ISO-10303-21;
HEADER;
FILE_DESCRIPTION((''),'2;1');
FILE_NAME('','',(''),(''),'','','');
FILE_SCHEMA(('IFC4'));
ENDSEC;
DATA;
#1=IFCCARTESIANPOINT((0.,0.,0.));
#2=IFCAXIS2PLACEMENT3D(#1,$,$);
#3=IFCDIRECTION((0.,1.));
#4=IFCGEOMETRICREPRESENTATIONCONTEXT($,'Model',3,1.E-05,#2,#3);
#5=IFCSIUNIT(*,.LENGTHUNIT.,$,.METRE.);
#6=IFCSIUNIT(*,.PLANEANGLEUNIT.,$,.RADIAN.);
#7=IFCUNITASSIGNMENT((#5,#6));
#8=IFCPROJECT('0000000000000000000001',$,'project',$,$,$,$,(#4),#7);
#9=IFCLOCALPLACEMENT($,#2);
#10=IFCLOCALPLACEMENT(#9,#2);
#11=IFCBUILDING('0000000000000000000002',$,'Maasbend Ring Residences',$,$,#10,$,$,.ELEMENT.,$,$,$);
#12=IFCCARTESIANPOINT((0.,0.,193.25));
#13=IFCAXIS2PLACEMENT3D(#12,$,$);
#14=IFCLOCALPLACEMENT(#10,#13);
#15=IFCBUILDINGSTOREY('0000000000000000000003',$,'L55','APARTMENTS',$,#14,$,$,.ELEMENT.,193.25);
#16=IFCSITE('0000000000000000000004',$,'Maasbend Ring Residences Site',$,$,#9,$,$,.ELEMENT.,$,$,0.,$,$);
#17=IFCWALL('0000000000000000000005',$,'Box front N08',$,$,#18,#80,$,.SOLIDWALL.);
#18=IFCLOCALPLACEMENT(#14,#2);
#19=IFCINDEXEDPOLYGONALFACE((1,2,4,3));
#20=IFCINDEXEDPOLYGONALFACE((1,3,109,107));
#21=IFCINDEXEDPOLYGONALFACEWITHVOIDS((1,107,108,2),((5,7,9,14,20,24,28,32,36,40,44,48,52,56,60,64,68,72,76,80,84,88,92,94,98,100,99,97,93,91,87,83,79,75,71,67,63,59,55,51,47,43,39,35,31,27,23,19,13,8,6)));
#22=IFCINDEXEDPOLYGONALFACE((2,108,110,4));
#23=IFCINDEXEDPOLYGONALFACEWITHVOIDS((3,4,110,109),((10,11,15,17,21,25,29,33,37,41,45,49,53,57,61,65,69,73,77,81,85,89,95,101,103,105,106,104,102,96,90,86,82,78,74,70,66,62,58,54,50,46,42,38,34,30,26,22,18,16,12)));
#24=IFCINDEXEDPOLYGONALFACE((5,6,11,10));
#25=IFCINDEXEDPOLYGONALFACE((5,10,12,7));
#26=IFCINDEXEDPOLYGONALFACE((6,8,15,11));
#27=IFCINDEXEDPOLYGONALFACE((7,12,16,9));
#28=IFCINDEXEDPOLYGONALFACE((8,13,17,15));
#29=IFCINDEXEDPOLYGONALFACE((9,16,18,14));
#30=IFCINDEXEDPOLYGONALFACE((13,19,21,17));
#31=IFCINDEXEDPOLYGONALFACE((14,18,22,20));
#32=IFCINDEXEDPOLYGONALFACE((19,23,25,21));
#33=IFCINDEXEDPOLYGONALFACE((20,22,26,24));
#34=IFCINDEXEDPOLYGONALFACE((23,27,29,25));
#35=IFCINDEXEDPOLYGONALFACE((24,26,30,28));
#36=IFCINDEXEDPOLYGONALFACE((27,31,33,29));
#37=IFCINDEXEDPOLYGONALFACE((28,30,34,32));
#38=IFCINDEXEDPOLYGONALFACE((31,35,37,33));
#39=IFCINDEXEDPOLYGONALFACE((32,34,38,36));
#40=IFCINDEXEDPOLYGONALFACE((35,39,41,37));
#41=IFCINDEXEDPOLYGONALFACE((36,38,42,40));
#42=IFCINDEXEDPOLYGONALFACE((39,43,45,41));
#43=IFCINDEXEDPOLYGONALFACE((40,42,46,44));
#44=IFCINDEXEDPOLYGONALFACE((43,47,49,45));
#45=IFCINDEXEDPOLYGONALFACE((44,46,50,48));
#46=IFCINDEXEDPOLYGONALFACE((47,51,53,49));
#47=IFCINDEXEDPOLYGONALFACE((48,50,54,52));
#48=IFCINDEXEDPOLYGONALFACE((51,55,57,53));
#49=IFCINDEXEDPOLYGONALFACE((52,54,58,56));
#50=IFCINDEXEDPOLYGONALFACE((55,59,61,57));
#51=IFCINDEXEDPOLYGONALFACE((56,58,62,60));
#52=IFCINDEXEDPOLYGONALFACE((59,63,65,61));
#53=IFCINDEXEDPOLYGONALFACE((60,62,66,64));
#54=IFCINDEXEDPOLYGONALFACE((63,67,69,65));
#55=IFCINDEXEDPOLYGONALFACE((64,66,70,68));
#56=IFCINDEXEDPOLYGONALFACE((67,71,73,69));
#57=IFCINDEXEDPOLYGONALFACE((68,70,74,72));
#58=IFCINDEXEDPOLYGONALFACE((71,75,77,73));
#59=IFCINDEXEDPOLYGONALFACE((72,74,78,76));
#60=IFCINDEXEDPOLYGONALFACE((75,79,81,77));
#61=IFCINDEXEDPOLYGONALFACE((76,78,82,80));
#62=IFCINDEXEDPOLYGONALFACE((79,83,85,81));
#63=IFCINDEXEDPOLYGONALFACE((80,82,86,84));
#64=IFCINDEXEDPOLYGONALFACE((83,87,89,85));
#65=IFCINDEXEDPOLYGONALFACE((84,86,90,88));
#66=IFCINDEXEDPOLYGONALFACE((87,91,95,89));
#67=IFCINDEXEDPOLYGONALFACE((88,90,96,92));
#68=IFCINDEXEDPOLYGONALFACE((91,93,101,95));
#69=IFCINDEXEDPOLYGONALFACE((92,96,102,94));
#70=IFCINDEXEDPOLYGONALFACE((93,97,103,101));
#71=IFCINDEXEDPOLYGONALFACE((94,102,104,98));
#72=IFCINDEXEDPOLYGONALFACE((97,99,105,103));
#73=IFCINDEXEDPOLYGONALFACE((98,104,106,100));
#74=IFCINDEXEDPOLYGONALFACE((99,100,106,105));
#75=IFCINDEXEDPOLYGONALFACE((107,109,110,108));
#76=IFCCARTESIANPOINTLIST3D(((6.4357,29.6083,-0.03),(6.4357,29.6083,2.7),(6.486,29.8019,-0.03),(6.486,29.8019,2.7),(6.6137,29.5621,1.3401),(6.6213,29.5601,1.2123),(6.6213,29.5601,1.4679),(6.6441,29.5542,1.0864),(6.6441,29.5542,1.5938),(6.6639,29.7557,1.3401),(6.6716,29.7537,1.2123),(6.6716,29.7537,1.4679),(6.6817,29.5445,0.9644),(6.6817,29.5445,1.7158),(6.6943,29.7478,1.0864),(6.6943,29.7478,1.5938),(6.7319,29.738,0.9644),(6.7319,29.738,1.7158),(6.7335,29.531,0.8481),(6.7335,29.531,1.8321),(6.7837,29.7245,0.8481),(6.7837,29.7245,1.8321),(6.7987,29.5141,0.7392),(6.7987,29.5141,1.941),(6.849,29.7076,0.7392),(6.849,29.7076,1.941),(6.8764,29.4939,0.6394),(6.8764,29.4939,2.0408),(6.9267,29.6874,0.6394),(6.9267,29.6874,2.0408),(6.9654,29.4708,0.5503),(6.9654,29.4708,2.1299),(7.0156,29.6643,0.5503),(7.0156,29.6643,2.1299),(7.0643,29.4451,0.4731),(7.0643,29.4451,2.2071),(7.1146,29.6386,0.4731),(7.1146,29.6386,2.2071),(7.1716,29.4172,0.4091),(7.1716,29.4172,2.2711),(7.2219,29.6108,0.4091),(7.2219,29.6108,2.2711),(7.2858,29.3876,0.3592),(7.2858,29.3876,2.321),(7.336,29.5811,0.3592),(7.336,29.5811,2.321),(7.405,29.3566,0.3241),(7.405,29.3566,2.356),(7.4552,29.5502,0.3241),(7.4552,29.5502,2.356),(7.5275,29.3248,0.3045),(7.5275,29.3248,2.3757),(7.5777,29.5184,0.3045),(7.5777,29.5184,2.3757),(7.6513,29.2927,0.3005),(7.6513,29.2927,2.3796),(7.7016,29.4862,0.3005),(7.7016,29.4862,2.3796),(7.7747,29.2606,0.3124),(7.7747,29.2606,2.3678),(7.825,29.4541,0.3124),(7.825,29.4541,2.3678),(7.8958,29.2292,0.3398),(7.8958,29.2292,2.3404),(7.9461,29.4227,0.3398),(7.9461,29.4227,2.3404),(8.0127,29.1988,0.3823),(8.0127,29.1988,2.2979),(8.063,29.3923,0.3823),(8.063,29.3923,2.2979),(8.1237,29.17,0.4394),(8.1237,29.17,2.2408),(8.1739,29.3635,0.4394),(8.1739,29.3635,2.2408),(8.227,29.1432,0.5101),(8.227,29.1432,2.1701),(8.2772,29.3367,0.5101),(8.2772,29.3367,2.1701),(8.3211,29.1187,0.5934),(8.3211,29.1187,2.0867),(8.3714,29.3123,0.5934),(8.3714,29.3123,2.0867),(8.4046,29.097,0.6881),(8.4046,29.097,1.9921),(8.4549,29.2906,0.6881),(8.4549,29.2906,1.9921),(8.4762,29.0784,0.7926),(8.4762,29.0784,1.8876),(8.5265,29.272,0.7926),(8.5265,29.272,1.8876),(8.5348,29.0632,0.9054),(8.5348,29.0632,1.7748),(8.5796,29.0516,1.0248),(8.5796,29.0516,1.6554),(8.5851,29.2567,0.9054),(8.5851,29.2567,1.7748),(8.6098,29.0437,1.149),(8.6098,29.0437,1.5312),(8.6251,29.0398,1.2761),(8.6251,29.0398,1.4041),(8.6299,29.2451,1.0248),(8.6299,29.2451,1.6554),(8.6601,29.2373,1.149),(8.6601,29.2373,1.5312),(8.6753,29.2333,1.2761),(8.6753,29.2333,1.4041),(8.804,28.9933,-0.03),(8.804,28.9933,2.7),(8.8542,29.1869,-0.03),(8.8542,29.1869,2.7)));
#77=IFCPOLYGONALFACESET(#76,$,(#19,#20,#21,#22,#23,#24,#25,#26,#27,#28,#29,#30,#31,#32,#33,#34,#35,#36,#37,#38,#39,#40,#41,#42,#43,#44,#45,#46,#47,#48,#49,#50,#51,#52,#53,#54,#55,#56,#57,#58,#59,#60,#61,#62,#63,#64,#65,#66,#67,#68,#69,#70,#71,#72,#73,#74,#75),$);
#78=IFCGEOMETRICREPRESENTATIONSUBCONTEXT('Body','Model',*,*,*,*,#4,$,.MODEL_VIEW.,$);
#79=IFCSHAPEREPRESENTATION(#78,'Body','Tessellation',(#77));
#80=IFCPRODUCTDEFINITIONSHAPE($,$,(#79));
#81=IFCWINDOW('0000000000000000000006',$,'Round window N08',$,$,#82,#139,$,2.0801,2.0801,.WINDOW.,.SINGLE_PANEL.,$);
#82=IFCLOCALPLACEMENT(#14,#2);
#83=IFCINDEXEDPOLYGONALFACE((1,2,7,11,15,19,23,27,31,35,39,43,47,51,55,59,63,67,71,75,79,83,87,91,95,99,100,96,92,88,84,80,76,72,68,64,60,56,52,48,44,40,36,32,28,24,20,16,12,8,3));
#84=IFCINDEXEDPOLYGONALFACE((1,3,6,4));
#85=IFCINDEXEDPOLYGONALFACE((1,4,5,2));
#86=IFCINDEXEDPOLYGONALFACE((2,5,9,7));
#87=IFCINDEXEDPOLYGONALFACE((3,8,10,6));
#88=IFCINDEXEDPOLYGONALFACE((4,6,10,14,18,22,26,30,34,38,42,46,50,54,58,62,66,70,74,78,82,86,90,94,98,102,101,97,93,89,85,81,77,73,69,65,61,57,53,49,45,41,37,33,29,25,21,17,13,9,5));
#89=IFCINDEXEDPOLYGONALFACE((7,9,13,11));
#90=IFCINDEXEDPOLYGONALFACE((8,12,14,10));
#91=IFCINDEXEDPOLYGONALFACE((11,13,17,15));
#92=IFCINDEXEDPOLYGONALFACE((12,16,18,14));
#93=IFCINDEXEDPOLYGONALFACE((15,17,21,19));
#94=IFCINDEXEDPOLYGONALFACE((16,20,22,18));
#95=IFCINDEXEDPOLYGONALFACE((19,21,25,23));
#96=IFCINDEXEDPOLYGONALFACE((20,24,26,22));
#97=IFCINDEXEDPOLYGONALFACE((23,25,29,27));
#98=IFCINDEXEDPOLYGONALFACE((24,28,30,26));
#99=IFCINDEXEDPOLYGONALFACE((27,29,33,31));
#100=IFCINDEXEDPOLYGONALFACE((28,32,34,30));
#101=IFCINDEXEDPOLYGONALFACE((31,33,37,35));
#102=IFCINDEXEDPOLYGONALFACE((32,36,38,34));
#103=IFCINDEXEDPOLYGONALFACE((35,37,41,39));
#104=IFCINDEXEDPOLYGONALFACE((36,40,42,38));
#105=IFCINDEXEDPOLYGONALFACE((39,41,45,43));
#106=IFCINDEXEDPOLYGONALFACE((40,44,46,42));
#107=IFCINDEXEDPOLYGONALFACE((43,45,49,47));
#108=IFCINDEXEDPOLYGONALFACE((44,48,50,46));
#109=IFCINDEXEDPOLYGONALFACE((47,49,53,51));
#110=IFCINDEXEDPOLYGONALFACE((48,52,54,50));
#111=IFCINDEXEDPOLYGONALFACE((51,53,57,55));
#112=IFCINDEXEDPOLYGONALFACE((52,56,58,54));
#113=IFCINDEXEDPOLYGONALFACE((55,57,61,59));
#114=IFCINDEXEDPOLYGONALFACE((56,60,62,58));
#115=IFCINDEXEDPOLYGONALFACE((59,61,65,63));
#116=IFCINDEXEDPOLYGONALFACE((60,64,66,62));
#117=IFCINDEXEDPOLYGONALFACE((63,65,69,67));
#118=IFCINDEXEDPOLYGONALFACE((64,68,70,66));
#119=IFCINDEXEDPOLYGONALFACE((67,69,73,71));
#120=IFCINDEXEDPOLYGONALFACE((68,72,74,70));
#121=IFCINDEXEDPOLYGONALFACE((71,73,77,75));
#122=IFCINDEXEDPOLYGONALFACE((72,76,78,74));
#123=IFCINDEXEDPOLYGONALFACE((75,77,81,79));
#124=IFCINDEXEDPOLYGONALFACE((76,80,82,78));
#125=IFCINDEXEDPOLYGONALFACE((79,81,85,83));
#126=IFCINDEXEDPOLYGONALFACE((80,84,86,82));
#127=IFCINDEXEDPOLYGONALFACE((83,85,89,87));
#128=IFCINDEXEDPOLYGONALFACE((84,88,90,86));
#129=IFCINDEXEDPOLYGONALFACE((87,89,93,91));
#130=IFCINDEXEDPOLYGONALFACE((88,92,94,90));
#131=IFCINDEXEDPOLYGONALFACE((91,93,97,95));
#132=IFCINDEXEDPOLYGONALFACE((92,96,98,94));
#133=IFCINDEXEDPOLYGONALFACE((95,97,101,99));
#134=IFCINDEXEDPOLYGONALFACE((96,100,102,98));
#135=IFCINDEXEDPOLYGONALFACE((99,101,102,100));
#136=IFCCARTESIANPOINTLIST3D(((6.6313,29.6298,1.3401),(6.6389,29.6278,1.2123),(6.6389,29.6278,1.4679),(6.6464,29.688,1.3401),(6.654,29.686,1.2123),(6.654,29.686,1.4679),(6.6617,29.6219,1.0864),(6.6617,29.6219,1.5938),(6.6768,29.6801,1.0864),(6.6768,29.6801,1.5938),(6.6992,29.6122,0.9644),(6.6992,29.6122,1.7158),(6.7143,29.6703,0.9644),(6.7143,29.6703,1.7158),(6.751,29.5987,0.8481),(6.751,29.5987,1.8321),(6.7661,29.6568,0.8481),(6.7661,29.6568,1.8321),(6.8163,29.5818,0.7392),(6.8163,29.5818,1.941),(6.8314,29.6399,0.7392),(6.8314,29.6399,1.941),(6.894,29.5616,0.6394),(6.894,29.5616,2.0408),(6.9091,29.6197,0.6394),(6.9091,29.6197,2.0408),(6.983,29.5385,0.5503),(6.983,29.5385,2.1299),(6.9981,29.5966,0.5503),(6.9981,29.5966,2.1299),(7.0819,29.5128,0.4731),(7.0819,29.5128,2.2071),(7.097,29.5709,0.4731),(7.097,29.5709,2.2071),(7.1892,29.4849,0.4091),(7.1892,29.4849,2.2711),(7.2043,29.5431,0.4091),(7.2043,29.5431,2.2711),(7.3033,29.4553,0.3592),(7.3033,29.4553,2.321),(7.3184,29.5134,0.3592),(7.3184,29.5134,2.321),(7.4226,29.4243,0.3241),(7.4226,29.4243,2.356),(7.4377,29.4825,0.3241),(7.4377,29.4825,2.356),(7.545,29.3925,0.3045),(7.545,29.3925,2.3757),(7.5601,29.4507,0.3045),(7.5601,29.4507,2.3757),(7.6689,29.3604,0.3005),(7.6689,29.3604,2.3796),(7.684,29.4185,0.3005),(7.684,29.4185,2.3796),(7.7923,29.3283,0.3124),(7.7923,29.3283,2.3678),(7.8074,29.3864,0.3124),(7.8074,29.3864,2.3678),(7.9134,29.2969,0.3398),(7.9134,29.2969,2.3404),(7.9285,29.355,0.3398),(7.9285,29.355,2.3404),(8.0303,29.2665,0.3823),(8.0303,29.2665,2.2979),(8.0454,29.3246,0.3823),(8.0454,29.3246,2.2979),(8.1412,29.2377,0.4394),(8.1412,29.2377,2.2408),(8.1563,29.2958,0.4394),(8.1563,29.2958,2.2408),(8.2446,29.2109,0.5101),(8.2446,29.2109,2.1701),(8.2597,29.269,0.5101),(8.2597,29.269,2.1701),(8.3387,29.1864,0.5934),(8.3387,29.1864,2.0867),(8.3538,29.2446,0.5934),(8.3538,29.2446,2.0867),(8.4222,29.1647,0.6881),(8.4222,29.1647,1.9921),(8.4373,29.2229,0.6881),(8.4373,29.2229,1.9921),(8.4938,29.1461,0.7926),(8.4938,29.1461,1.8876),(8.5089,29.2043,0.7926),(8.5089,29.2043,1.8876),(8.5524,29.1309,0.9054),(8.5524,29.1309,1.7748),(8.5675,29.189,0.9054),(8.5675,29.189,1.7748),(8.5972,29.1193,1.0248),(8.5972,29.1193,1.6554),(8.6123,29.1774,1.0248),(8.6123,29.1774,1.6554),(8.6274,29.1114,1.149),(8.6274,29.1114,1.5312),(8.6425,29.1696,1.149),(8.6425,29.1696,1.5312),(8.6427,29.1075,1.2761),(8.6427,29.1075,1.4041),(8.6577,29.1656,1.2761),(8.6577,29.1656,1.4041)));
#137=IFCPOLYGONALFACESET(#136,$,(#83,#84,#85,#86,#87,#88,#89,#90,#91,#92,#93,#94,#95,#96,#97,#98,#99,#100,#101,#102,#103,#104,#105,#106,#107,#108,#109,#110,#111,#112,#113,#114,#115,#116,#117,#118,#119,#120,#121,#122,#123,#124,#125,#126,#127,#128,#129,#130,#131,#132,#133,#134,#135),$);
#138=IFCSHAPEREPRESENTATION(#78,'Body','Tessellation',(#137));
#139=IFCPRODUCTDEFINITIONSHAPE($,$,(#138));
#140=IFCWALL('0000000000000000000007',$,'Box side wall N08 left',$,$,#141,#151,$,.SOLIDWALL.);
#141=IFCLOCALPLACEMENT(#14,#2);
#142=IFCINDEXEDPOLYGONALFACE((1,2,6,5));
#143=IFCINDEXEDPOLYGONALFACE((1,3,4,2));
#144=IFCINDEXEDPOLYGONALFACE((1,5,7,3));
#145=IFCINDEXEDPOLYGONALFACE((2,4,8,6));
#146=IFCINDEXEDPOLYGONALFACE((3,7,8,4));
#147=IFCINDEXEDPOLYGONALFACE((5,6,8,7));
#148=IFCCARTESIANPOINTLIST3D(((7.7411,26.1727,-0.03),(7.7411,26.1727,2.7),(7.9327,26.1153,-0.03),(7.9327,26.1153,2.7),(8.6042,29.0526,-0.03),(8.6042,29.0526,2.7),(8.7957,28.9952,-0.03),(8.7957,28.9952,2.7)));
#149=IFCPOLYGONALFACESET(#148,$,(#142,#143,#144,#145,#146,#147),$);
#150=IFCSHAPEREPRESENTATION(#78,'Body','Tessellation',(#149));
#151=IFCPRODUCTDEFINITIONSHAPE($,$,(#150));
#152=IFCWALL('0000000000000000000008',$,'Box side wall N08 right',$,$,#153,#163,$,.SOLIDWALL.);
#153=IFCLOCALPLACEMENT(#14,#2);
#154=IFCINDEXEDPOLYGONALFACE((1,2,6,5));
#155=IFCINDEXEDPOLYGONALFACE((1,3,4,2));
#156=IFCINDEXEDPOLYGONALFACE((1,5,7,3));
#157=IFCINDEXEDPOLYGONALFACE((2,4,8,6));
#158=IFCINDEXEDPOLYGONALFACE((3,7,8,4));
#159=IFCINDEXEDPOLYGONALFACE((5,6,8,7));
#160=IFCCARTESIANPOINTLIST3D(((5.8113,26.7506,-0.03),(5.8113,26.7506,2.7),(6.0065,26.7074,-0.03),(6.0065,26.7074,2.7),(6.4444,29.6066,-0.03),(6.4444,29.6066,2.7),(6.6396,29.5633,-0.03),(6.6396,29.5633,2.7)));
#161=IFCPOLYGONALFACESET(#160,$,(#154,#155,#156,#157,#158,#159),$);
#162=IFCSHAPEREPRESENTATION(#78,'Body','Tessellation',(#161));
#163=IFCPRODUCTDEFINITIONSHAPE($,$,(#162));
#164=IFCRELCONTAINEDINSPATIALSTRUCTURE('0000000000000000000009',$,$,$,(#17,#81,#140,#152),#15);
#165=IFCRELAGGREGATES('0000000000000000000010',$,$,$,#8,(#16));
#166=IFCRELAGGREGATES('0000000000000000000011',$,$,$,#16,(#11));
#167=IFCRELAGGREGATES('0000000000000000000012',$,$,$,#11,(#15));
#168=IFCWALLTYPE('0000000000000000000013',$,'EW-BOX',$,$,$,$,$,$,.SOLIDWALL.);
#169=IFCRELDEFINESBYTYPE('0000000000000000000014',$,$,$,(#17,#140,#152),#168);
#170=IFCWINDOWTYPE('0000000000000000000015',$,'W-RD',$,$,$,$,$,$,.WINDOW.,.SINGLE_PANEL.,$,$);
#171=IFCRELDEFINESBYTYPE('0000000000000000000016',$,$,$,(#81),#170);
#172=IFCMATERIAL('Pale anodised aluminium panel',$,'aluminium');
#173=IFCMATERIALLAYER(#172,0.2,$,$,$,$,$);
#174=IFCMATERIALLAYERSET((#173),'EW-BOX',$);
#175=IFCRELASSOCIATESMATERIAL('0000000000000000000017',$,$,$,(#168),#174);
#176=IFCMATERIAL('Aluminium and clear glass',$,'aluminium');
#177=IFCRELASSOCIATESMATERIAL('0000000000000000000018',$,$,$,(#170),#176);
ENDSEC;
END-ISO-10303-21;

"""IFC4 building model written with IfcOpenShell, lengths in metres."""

from ifc_helpers import new_model, si_unit, direction, frame, frame_2d, origin, place, context, subcontext, project, spatial, rectangle, circle, extrude, material, layer, layer_set, type_object, element, fill, save


model = new_model("IFC4")

# Units and contexts
model_context = context("Model", 3, precision=1e-05, world=origin(), true_north=direction((0.0, 1.0)))
body_context = subcontext(model_context, "Body", "Model", "MODEL_VIEW")
ifc_project = project(units=[si_unit("LENGTHUNIT", "METRE"), si_unit("PLANEANGLEUNIT", "RADIAN")], contexts=[model_context])

# Site, building, storey
site_placement = place(None, origin())
site = spatial("IfcSite", under=ifc_project, at=site_placement, Name="Maasbend Ring Residences Site", CompositionType="ELEMENT", RefElevation=0.0)
building_placement = place(site_placement, origin())
building = spatial("IfcBuilding", under=site, at=building_placement, Name="Maasbend Ring Residences", CompositionType="ELEMENT")
storey_placement = place(building_placement, frame((0.0, 0.0, 193.25)))
storey = spatial("IfcBuildingStorey", under=building, at=storey_placement, Name="L55", Description="APARTMENTS", CompositionType="ELEMENT", Elevation=193.25)

# Wall, opening, window
ifc_material_1 = material(Name="Pale anodised aluminium panel", Category="aluminium")
ifc_layer_1 = layer(ifc_material_1, 0.2)
ifc_layer_set_1 = layer_set([ifc_layer_1], Name="EW-BOX")
wall_type_1 = type_object("IfcWallType", Name="EW-BOX", PredefinedType="SOLIDWALL", material=ifc_layer_set_1)
wall_1_placement = place(storey_placement, frame((8.8291, 29.0901, -0.03), z_axis=(0.0, 0.0, 1.0), x_axis=(-0.967895, 0.251353, 0.0)))
wall_1 = element("IfcWall", 1, at=wall_1_placement, inside=storey, type_object=wall_type_1, Name="Box front N08", PredefinedType="SOLIDWALL", context=body_context, shape_type="SweptSolid", body=[
    extrude(rectangle(XDim=2.4468, YDim=0.2, at=frame_2d((1.2234, 0.0))), origin(), (0.0, 0.0, 1.0), 2.73),
])
opening_1_placement = place(wall_1_placement, frame((0.1829, 0.0, 0.3301)))
opening_1 = element("IfcOpeningElement", 2, at=opening_1_placement, cuts=wall_1, PredefinedType="OPENING", context=body_context, shape_type="SweptSolid", body=[
    extrude(circle(Radius=1.04, at=frame_2d((1.04, 1.04))), frame((0.0, 0.1099, 0.0), z_axis=(0.0, -1.0, 0.0), x_axis=(1.0, 0.0, 0.0)), (0.0, 0.0, 1.0), 0.22),
])
ifc_material_2 = material(Name="Aluminium and clear glass", Category="aluminium")
window_type_1 = type_object("IfcWindowType", Name="W-RD", PartitioningType="SINGLE_PANEL", PredefinedType="WINDOW", material=ifc_material_2)
window_1_placement = place(opening_1_placement, origin())
window_1 = element("IfcWindow", 3, at=window_1_placement, inside=storey, type_object=window_type_1, Name="Round window N08", OverallHeight=2.0801, OverallWidth=2.0801, PartitioningType="SINGLE_PANEL", PredefinedType="WINDOW", context=body_context, shape_type="SweptSolid", body=[
    extrude(circle(Radius=1.04, at=frame_2d((1.04, 1.04))), frame((0.0, 0.03, 0.0), z_axis=(0.0, -1.0, 0.0), x_axis=(1.0, 0.0, 0.0)), (0.0, 0.0, 1.0), 0.0601),
])
fill(opening_1, window_1)

# Walls
wall_2_placement = place(storey_placement, frame((7.8369, 26.144, -0.03), z_axis=(0.0, 0.0, 1.0), x_axis=(0.287065, 0.957911, 0.0)))
element("IfcWall", 4, at=wall_2_placement, inside=storey, type_object=wall_type_1, Name="Box side wall N08 left", PredefinedType="SOLIDWALL", context=body_context, shape_type="SweptSolid", body=[
    extrude(rectangle(XDim=3.0063, YDim=0.2, at=frame_2d((1.5032, 0.0))), origin(), (0.0, 0.0, 1.0), 2.73),
])
wall_3_placement = place(storey_placement, frame((5.9089, 26.729, -0.03), z_axis=(0.0, 0.0, 1.0), x_axis=(0.216409, 0.976303, 0.0)))
element("IfcWall", 5, at=wall_3_placement, inside=storey, type_object=wall_type_1, Name="Box side wall N08 right", PredefinedType="SOLIDWALL", context=body_context, shape_type="SweptSolid", body=[
    extrude(rectangle(XDim=2.9253, YDim=0.2, at=frame_2d((1.4626, 0.0))), origin(), (0.0, 0.0, 1.0), 2.73),
])

save(model, "model.ifc")
